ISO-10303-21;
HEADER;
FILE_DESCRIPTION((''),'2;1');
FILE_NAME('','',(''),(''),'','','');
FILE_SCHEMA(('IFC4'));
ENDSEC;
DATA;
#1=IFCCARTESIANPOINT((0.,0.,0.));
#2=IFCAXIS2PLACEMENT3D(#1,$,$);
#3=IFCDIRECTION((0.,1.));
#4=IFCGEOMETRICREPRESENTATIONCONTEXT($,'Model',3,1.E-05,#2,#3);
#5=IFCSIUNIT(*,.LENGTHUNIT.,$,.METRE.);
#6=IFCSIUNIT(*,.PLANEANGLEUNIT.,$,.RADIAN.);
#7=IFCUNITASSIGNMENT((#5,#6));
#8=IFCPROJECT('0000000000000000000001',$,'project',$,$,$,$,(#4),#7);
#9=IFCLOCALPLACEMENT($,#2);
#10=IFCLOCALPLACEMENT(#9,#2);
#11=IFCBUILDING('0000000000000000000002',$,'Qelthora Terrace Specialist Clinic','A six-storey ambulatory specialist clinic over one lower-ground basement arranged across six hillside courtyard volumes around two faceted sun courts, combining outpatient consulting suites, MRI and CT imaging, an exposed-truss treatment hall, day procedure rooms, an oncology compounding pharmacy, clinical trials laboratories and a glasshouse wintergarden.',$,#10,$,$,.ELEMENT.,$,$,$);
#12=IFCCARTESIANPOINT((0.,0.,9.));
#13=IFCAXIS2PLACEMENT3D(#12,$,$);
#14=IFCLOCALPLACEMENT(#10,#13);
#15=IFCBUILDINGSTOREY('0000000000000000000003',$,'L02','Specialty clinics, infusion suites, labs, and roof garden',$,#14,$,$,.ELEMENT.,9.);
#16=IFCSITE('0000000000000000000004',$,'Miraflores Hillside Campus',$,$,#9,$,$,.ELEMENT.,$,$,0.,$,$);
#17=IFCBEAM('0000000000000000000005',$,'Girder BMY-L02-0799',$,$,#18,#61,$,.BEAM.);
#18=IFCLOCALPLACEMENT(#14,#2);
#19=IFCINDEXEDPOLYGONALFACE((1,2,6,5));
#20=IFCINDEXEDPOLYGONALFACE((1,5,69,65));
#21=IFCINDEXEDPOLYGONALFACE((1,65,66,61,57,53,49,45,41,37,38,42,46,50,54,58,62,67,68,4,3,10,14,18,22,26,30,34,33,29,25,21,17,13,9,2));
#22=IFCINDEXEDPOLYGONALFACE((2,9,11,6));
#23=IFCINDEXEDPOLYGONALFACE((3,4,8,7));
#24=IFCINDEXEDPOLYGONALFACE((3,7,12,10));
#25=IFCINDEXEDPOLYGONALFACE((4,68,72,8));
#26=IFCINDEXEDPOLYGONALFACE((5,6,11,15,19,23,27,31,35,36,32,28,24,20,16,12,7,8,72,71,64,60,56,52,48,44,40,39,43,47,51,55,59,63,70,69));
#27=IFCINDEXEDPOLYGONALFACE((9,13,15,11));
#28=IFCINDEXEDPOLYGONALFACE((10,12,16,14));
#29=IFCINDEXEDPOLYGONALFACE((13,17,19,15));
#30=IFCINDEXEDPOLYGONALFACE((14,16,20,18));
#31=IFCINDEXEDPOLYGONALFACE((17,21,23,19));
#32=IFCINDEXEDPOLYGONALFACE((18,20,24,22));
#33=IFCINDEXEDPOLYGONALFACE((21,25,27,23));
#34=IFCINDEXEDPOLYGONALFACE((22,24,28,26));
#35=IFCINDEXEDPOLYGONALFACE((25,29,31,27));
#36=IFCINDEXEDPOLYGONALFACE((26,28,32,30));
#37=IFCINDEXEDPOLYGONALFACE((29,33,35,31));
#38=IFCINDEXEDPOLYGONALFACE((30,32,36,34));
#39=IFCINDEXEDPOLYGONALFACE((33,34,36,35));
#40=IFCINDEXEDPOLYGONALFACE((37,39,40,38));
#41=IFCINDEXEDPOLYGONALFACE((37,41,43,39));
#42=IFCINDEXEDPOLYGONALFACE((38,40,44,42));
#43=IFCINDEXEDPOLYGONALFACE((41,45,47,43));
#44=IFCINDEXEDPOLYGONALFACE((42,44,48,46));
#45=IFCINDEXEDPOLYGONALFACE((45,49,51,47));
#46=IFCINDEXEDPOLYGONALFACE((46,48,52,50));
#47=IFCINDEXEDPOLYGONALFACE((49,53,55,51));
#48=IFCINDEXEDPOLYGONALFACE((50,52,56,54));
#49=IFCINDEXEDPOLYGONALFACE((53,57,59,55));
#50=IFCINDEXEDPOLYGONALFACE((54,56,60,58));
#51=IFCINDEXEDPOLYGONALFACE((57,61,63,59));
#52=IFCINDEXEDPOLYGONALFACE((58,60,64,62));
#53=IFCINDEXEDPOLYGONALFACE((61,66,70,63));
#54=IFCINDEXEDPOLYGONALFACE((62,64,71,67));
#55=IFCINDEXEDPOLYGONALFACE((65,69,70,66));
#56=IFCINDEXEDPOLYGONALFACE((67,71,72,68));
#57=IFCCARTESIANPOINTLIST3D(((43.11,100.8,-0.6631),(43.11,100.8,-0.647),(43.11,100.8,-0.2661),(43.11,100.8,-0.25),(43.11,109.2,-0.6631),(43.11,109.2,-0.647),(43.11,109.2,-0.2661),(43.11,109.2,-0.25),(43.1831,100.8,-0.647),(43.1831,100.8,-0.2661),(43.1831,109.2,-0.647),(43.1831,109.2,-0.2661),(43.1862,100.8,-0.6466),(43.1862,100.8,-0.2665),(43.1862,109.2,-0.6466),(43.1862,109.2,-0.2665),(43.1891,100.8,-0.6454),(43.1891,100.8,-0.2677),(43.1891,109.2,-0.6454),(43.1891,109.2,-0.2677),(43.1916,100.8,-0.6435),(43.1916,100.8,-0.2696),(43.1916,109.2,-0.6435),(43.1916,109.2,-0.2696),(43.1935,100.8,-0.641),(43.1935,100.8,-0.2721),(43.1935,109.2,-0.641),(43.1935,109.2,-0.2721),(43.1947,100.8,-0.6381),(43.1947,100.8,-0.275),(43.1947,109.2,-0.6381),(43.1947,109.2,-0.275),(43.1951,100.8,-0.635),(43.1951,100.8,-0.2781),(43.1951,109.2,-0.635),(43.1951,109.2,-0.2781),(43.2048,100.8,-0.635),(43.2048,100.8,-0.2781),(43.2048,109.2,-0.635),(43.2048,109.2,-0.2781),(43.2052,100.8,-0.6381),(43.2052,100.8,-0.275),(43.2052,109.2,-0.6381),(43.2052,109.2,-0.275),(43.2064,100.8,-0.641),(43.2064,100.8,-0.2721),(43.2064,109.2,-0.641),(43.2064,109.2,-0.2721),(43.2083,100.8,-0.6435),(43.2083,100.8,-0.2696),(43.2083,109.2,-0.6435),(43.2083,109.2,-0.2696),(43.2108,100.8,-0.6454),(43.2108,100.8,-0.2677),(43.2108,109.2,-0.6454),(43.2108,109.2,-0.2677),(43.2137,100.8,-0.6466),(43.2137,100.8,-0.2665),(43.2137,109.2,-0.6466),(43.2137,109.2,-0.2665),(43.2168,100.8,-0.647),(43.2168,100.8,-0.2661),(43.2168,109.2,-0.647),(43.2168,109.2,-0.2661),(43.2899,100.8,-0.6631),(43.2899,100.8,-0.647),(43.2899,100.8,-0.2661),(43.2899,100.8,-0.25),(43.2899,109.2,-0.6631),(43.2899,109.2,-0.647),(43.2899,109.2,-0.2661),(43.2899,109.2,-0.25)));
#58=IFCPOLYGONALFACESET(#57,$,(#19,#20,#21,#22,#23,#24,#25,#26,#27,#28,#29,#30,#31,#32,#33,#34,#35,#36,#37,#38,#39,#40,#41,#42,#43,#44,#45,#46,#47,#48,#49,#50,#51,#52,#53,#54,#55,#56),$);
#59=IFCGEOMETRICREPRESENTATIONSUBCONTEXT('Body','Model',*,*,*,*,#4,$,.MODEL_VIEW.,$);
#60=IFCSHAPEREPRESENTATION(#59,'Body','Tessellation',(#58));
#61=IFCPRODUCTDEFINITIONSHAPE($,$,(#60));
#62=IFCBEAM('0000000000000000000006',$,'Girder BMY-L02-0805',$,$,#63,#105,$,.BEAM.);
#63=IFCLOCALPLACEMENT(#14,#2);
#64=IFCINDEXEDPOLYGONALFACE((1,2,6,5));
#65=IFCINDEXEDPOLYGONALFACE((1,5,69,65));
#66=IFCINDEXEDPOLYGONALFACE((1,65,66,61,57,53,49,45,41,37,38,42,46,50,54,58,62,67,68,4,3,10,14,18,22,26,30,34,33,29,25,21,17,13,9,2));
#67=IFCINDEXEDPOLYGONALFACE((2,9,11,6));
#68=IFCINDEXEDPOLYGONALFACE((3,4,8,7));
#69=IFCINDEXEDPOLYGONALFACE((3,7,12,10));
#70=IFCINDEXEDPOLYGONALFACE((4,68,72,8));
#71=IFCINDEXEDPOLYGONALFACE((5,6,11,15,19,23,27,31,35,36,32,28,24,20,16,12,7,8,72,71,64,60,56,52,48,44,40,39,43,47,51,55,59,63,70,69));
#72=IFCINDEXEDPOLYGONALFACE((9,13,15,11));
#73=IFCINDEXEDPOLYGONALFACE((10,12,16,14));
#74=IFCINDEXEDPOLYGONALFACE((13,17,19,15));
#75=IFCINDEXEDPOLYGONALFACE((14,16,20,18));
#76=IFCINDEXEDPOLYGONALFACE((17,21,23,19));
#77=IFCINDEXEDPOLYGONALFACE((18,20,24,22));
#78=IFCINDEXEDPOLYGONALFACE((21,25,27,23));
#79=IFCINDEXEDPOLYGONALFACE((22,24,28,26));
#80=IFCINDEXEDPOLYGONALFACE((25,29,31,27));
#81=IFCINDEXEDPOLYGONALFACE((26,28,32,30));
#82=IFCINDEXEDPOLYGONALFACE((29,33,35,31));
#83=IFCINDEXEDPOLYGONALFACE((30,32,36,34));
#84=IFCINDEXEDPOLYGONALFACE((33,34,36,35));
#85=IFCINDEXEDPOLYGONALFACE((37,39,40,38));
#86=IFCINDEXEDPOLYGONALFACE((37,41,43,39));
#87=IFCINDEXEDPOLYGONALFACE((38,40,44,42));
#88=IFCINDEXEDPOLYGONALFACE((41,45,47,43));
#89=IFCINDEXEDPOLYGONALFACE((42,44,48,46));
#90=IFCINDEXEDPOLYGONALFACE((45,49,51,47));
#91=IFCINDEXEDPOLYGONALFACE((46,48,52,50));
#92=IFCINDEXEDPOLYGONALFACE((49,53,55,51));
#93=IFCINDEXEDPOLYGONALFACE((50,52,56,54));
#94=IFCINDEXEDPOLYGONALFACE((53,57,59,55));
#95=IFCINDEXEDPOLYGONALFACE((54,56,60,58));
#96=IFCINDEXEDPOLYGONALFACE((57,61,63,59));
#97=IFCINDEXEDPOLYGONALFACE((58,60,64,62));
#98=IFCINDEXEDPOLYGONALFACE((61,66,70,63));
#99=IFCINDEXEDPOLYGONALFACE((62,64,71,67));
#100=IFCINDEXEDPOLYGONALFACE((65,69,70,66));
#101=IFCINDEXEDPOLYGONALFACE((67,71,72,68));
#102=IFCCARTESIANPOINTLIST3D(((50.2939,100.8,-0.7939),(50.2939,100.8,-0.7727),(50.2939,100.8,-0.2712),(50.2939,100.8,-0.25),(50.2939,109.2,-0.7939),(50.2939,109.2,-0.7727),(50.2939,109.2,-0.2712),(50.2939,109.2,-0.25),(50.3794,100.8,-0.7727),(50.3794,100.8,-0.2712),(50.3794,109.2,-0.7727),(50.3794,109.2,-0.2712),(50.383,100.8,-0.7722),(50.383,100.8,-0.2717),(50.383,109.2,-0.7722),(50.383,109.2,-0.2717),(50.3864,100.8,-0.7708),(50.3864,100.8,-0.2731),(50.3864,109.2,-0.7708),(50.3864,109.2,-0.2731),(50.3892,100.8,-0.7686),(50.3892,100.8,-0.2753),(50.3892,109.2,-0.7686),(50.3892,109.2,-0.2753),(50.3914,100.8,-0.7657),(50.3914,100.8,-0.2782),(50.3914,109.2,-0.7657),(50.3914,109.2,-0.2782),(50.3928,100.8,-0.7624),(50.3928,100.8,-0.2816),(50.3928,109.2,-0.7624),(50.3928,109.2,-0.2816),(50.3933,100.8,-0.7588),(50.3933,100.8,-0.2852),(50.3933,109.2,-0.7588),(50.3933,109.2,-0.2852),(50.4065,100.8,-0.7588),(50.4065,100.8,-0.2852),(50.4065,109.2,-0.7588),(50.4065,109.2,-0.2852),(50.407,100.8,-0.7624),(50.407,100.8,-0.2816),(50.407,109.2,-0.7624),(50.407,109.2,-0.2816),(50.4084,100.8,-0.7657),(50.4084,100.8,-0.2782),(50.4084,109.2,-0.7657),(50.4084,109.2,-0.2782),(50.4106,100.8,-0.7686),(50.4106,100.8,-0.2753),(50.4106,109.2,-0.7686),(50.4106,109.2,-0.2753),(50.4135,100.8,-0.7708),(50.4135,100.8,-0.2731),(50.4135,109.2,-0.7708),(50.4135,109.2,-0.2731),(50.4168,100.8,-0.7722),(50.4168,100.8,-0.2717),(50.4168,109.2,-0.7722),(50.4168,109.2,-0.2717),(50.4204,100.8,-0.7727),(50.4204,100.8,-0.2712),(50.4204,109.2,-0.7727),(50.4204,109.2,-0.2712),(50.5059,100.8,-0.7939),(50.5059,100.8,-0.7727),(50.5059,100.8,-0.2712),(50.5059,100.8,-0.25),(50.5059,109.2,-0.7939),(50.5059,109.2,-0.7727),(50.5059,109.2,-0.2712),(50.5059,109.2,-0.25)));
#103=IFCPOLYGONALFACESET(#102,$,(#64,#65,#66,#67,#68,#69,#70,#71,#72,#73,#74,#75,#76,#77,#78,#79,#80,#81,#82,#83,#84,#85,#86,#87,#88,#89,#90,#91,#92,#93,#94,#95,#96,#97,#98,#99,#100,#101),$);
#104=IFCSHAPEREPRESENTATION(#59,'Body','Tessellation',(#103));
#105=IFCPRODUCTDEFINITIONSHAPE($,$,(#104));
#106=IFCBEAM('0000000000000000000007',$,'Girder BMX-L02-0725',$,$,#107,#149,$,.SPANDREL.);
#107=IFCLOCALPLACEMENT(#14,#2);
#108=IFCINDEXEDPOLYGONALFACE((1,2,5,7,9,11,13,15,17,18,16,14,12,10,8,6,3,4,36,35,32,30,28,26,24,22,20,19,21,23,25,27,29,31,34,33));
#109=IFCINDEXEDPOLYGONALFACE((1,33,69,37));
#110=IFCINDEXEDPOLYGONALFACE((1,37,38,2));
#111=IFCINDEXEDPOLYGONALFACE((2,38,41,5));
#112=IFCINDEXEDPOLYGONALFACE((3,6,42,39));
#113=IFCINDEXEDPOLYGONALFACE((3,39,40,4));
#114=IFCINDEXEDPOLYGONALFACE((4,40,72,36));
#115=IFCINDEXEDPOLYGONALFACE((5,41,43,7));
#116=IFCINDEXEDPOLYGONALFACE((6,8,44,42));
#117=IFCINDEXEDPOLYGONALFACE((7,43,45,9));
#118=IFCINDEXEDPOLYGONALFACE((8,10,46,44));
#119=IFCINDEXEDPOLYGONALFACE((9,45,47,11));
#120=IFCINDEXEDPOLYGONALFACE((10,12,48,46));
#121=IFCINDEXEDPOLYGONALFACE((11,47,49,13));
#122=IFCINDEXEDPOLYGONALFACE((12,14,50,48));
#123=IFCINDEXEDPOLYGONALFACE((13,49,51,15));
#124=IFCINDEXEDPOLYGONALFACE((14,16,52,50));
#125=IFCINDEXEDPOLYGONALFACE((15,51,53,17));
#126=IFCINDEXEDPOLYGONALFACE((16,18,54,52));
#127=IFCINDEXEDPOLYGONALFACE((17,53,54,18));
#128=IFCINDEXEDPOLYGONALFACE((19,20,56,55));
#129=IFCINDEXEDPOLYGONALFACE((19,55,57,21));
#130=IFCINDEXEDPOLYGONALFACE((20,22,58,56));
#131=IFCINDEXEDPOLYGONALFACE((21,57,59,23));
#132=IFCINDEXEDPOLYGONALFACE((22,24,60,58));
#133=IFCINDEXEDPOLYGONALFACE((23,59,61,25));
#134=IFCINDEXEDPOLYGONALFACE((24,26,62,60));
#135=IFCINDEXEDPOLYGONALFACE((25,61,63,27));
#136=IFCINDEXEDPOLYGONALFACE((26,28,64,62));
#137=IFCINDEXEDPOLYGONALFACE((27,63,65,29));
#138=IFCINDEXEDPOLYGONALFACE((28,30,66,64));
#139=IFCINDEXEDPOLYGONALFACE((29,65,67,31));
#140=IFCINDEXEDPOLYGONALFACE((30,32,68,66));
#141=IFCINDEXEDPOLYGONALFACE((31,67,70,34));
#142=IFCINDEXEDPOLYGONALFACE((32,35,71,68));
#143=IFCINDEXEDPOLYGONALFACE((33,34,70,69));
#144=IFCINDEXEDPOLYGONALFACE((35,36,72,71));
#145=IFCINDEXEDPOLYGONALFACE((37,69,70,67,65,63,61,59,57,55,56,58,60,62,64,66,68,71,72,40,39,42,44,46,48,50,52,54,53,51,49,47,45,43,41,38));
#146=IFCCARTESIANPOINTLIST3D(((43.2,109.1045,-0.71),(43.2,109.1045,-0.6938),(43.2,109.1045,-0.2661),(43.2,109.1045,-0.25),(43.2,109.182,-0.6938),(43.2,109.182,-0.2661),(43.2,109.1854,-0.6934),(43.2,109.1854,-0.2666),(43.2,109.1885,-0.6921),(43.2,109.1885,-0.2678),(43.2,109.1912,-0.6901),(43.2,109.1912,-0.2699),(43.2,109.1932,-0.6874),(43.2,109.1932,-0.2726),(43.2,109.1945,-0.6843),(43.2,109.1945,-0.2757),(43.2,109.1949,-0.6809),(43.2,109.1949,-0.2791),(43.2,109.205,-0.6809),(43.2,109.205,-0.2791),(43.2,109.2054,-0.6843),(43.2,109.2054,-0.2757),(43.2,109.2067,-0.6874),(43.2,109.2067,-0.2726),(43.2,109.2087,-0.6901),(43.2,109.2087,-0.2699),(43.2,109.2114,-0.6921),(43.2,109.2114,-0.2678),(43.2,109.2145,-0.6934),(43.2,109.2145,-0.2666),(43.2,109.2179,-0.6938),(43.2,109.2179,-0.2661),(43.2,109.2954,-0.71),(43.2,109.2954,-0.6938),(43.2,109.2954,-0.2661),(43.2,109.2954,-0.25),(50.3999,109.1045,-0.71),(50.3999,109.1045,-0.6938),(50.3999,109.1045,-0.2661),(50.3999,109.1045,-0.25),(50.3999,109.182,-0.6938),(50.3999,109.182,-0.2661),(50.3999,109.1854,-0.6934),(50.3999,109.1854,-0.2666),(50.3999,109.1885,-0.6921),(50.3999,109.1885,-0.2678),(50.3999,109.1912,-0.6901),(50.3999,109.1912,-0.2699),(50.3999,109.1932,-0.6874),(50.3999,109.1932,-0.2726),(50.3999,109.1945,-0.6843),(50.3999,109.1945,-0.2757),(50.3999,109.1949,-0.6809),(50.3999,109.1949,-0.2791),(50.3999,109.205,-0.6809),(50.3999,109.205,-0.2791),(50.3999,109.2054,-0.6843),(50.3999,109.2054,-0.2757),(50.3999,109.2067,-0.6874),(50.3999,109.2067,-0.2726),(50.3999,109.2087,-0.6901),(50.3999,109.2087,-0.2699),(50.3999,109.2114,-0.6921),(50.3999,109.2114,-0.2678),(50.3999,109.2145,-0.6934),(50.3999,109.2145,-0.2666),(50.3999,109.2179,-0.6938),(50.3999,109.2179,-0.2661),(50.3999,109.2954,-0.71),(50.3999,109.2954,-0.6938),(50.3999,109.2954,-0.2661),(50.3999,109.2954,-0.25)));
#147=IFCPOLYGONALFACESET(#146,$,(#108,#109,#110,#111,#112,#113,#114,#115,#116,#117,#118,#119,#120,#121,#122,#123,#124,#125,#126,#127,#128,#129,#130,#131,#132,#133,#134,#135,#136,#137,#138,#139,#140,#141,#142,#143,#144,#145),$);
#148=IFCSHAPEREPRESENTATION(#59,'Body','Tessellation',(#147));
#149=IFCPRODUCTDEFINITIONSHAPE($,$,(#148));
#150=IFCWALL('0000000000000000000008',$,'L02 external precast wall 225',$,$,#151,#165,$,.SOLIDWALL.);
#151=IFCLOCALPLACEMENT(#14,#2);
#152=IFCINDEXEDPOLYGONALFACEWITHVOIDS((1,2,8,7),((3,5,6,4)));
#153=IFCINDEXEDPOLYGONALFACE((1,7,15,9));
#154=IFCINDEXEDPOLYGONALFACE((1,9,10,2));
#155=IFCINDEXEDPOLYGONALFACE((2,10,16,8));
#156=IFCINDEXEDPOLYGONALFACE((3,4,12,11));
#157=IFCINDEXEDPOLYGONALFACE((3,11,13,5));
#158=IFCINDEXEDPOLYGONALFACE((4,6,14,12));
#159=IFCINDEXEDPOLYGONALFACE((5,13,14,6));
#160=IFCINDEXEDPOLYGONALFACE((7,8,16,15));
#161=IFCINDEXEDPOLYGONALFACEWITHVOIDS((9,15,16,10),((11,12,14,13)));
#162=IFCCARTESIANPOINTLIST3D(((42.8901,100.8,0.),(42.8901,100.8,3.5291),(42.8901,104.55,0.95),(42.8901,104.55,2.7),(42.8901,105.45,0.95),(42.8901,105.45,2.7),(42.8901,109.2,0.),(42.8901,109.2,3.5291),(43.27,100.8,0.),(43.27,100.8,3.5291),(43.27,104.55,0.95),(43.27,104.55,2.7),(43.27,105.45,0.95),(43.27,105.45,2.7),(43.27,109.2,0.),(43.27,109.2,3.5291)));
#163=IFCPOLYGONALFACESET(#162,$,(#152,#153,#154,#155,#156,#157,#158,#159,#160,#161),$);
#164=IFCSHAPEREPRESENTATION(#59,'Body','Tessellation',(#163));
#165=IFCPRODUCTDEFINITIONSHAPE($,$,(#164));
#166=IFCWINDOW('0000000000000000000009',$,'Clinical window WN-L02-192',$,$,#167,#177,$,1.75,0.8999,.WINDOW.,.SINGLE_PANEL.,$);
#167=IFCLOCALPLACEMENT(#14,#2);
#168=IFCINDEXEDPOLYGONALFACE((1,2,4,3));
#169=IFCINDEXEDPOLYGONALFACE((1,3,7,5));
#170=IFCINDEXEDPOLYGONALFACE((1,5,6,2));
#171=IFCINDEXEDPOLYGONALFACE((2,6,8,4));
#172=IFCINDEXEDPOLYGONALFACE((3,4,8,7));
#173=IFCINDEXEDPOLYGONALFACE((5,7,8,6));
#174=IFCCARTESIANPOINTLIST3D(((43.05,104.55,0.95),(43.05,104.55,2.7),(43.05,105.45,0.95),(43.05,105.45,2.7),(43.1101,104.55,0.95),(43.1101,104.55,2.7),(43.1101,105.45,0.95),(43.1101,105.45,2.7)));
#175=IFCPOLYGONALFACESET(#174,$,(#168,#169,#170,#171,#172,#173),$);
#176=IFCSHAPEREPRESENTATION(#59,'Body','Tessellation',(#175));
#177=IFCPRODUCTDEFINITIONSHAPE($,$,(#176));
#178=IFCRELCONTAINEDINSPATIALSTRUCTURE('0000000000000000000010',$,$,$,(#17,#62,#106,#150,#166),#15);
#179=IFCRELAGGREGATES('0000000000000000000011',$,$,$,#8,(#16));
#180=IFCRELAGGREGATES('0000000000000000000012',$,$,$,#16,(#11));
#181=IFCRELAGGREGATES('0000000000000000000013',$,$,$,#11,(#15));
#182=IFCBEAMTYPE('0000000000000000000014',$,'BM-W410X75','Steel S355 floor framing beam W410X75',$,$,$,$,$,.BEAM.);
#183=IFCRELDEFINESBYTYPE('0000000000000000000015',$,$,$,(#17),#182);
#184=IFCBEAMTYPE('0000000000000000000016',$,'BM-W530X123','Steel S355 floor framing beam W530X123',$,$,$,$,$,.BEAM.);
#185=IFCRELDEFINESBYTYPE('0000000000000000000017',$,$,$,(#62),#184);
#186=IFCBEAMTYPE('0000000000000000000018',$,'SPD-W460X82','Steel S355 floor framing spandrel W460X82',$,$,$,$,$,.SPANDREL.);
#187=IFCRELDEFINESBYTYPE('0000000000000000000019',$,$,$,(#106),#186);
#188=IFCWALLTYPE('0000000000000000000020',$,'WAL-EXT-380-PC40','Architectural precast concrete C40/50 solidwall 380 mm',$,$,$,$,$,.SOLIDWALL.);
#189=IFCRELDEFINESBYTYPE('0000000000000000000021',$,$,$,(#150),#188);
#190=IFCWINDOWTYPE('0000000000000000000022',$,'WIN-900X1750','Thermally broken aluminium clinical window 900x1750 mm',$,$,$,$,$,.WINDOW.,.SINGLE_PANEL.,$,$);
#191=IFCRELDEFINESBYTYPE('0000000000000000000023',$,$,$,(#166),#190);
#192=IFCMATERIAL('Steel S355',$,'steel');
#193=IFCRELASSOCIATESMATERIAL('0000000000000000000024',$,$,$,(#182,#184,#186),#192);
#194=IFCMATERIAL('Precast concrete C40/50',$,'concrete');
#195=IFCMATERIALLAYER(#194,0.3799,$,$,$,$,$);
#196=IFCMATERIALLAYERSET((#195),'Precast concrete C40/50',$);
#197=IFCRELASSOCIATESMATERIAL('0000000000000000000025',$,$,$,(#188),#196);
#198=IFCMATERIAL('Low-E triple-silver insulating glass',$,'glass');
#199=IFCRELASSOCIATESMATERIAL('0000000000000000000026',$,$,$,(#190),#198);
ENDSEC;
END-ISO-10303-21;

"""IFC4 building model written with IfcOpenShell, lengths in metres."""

from ifc_helpers import new_model, si_unit, direction, frame, frame_2d, origin, origin_2d, place, context, subcontext, project, spatial, rectangle, i_section, extrude, material, layer, layer_set, material_profile, profile_set, type_object, element, fill, save


model = new_model("IFC4")

# Units and contexts
model_context = context("Model", 3, precision=1e-05, world=origin(), true_north=direction((0.0, 1.0)))
body_context = subcontext(model_context, "Body", "Model", "MODEL_VIEW")
ifc_project = project(units=[si_unit("LENGTHUNIT", "METRE"), si_unit("PLANEANGLEUNIT", "RADIAN")], contexts=[model_context])

# Site, building, storey
site_placement = place(None, origin())
site = spatial("IfcSite", under=ifc_project, at=site_placement, Name="Miraflores Hillside Campus", CompositionType="ELEMENT", RefElevation=0.0)
building_placement = place(site_placement, origin())
building = spatial("IfcBuilding", under=site, at=building_placement, Name="Qelthora Terrace Specialist Clinic", Description="A six-storey ambulatory specialist clinic over one lower-ground basement arranged across six hillside courtyard volumes around two faceted sun courts, combining outpatient consulting suites, MRI and CT imaging, an exposed-truss treatment hall, day procedure rooms, an oncology compounding pharmacy, clinical trials laboratories and a glasshouse wintergarden.", CompositionType="ELEMENT")
storey_placement = place(building_placement, frame((0.0, 0.0, 9.0)))
storey = spatial("IfcBuildingStorey", under=building, at=storey_placement, Name="L02", Description="Specialty clinics, infusion suites, labs, and roof garden", CompositionType="ELEMENT", Elevation=9.0)

# Shared definitions
ifc_material_1 = material(Name="Steel S355", Category="steel")

# Beams
ifc_material_profile_1 = material_profile(ifc_material_1, i_section(OverallWidth=0.1799, OverallDepth=0.4131, WebThickness=0.0098, FlangeThickness=0.0161, FilletRadius=0.012, at=origin_2d()), Name="W410X75")
ifc_profile_set_1 = profile_set([ifc_material_profile_1], Name="Steel S355")
beam_type_1 = type_object("IfcBeamType", Name="BM-W410X75", Description="Steel S355 floor framing beam W410X75", PredefinedType="BEAM", material=ifc_profile_set_1)
beam_1_placement = place(storey_placement, frame((43.2, 100.8, -0.4565), z_axis=(0.0, 1.0, 0.0), x_axis=(-1.0, 0.0, 0.0)))
element("IfcBeam", 1, at=beam_1_placement, inside=storey, type_object=beam_type_1, Name="Girder BMY-L02-0799", PredefinedType="BEAM", context=body_context, shape_type="SweptSolid", body=[
    extrude(i_section(OverallWidth=0.1799, OverallDepth=0.4131, WebThickness=0.0098, FlangeThickness=0.0161, FilletRadius=0.012, at=origin_2d()), origin(), (0.0, 0.0, 1.0), 8.3999),
])
ifc_material_profile_2 = material_profile(ifc_material_1, i_section(OverallWidth=0.2119, OverallDepth=0.5439, WebThickness=0.0132, FlangeThickness=0.0212, FilletRadius=0.0139, at=origin_2d()), Name="W530X123")
ifc_profile_set_2 = profile_set([ifc_material_profile_2], Name="Steel S355")
beam_type_2 = type_object("IfcBeamType", Name="BM-W530X123", Description="Steel S355 floor framing beam W530X123", PredefinedType="BEAM", material=ifc_profile_set_2)
beam_2_placement = place(storey_placement, frame((50.3999, 100.8, -0.522), z_axis=(0.0, 1.0, 0.0), x_axis=(-1.0, 0.0, 0.0)))
element("IfcBeam", 2, at=beam_2_placement, inside=storey, type_object=beam_type_2, Name="Girder BMY-L02-0805", PredefinedType="BEAM", context=body_context, shape_type="SweptSolid", body=[
    extrude(i_section(OverallWidth=0.2119, OverallDepth=0.5439, WebThickness=0.0132, FlangeThickness=0.0212, FilletRadius=0.0139, at=origin_2d()), origin(), (0.0, 0.0, 1.0), 8.3999),
])
ifc_material_profile_3 = material_profile(ifc_material_1, i_section(OverallWidth=0.1909, OverallDepth=0.46, WebThickness=0.01, FlangeThickness=0.0161, FilletRadius=0.0129, at=origin_2d()), Name="W460X82")
ifc_profile_set_3 = profile_set([ifc_material_profile_3], Name="Steel S355")
beam_type_3 = type_object("IfcBeamType", Name="SPD-W460X82", Description="Steel S355 floor framing spandrel W460X82", PredefinedType="SPANDREL", material=ifc_profile_set_3)
beam_3_placement = place(storey_placement, frame((43.2, 109.2, -0.48), z_axis=(1.0, 0.0, 0.0), x_axis=(0.0, 1.0, 0.0)))
element("IfcBeam", 3, at=beam_3_placement, inside=storey, type_object=beam_type_3, Name="Girder BMX-L02-0725", PredefinedType="SPANDREL", context=body_context, shape_type="SweptSolid", body=[
    extrude(i_section(OverallWidth=0.1909, OverallDepth=0.46, WebThickness=0.01, FlangeThickness=0.0161, FilletRadius=0.0129, at=origin_2d()), origin(), (0.0, 0.0, 1.0), 7.2),
])

# Wall, opening, window
ifc_material_2 = material(Name="Precast concrete C40/50", Category="concrete")
ifc_layer_1 = layer(ifc_material_2, 0.3799)
ifc_layer_set_1 = layer_set([ifc_layer_1], Name="Precast concrete C40/50")
wall_type_1 = type_object("IfcWallType", Name="WAL-EXT-380-PC40", Description="Architectural precast concrete C40/50 solidwall 380 mm", PredefinedType="SOLIDWALL", material=ifc_layer_set_1)
wall_1_placement = place(storey_placement, frame((43.0801, 100.8, 0.0), z_axis=(0.0, 0.0, 1.0), x_axis=(0.0, 1.0, 0.0)))
wall_1 = element("IfcWall", 4, at=wall_1_placement, inside=storey, type_object=wall_type_1, Name="L02 external precast wall 225", PredefinedType="SOLIDWALL", context=body_context, shape_type="SweptSolid", body=[
    extrude(rectangle(XDim=8.3999, YDim=0.3799, at=frame_2d((4.2, 0.0))), origin(), (0.0, 0.0, 1.0), 3.5291),
])
opening_placement = place(wall_1_placement, frame((3.75, 0.0, 0.95)))
opening = element("IfcOpeningElement", 5, at=opening_placement, cuts=wall_1, PredefinedType="OPENING", context=body_context, shape_type="SweptSolid", body=[
    extrude(rectangle(XDim=0.8999, YDim=1.75, at=frame_2d((0.45, 0.875))), frame((0.0, 0.2, 0.0), z_axis=(0.0, -1.0, 0.0), x_axis=(1.0, 0.0, 0.0)), (0.0, 0.0, 1.0), 0.3999),
])
ifc_material_3 = material(Name="Low-E triple-silver insulating glass", Category="glass")
window_type = type_object("IfcWindowType", Name="WIN-900X1750", Description="Thermally broken aluminium clinical window 900x1750 mm", PartitioningType="SINGLE_PANEL", PredefinedType="WINDOW", material=ifc_material_3)
window_placement = place(opening_placement, origin())
window = element("IfcWindow", 6, at=window_placement, inside=storey, type_object=window_type, Name="Clinical window WN-L02-192", OverallHeight=1.75, OverallWidth=0.8999, PartitioningType="SINGLE_PANEL", PredefinedType="WINDOW", context=body_context, shape_type="SweptSolid", body=[
    extrude(rectangle(XDim=0.8999, YDim=1.75, at=frame_2d((0.45, 0.875))), frame((0.0, 0.03, 0.0), z_axis=(0.0, -1.0, 0.0), x_axis=(1.0, 0.0, 0.0)), (0.0, 0.0, 1.0), 0.0601),
])
fill(opening, window)

save(model, "model.ifc")
